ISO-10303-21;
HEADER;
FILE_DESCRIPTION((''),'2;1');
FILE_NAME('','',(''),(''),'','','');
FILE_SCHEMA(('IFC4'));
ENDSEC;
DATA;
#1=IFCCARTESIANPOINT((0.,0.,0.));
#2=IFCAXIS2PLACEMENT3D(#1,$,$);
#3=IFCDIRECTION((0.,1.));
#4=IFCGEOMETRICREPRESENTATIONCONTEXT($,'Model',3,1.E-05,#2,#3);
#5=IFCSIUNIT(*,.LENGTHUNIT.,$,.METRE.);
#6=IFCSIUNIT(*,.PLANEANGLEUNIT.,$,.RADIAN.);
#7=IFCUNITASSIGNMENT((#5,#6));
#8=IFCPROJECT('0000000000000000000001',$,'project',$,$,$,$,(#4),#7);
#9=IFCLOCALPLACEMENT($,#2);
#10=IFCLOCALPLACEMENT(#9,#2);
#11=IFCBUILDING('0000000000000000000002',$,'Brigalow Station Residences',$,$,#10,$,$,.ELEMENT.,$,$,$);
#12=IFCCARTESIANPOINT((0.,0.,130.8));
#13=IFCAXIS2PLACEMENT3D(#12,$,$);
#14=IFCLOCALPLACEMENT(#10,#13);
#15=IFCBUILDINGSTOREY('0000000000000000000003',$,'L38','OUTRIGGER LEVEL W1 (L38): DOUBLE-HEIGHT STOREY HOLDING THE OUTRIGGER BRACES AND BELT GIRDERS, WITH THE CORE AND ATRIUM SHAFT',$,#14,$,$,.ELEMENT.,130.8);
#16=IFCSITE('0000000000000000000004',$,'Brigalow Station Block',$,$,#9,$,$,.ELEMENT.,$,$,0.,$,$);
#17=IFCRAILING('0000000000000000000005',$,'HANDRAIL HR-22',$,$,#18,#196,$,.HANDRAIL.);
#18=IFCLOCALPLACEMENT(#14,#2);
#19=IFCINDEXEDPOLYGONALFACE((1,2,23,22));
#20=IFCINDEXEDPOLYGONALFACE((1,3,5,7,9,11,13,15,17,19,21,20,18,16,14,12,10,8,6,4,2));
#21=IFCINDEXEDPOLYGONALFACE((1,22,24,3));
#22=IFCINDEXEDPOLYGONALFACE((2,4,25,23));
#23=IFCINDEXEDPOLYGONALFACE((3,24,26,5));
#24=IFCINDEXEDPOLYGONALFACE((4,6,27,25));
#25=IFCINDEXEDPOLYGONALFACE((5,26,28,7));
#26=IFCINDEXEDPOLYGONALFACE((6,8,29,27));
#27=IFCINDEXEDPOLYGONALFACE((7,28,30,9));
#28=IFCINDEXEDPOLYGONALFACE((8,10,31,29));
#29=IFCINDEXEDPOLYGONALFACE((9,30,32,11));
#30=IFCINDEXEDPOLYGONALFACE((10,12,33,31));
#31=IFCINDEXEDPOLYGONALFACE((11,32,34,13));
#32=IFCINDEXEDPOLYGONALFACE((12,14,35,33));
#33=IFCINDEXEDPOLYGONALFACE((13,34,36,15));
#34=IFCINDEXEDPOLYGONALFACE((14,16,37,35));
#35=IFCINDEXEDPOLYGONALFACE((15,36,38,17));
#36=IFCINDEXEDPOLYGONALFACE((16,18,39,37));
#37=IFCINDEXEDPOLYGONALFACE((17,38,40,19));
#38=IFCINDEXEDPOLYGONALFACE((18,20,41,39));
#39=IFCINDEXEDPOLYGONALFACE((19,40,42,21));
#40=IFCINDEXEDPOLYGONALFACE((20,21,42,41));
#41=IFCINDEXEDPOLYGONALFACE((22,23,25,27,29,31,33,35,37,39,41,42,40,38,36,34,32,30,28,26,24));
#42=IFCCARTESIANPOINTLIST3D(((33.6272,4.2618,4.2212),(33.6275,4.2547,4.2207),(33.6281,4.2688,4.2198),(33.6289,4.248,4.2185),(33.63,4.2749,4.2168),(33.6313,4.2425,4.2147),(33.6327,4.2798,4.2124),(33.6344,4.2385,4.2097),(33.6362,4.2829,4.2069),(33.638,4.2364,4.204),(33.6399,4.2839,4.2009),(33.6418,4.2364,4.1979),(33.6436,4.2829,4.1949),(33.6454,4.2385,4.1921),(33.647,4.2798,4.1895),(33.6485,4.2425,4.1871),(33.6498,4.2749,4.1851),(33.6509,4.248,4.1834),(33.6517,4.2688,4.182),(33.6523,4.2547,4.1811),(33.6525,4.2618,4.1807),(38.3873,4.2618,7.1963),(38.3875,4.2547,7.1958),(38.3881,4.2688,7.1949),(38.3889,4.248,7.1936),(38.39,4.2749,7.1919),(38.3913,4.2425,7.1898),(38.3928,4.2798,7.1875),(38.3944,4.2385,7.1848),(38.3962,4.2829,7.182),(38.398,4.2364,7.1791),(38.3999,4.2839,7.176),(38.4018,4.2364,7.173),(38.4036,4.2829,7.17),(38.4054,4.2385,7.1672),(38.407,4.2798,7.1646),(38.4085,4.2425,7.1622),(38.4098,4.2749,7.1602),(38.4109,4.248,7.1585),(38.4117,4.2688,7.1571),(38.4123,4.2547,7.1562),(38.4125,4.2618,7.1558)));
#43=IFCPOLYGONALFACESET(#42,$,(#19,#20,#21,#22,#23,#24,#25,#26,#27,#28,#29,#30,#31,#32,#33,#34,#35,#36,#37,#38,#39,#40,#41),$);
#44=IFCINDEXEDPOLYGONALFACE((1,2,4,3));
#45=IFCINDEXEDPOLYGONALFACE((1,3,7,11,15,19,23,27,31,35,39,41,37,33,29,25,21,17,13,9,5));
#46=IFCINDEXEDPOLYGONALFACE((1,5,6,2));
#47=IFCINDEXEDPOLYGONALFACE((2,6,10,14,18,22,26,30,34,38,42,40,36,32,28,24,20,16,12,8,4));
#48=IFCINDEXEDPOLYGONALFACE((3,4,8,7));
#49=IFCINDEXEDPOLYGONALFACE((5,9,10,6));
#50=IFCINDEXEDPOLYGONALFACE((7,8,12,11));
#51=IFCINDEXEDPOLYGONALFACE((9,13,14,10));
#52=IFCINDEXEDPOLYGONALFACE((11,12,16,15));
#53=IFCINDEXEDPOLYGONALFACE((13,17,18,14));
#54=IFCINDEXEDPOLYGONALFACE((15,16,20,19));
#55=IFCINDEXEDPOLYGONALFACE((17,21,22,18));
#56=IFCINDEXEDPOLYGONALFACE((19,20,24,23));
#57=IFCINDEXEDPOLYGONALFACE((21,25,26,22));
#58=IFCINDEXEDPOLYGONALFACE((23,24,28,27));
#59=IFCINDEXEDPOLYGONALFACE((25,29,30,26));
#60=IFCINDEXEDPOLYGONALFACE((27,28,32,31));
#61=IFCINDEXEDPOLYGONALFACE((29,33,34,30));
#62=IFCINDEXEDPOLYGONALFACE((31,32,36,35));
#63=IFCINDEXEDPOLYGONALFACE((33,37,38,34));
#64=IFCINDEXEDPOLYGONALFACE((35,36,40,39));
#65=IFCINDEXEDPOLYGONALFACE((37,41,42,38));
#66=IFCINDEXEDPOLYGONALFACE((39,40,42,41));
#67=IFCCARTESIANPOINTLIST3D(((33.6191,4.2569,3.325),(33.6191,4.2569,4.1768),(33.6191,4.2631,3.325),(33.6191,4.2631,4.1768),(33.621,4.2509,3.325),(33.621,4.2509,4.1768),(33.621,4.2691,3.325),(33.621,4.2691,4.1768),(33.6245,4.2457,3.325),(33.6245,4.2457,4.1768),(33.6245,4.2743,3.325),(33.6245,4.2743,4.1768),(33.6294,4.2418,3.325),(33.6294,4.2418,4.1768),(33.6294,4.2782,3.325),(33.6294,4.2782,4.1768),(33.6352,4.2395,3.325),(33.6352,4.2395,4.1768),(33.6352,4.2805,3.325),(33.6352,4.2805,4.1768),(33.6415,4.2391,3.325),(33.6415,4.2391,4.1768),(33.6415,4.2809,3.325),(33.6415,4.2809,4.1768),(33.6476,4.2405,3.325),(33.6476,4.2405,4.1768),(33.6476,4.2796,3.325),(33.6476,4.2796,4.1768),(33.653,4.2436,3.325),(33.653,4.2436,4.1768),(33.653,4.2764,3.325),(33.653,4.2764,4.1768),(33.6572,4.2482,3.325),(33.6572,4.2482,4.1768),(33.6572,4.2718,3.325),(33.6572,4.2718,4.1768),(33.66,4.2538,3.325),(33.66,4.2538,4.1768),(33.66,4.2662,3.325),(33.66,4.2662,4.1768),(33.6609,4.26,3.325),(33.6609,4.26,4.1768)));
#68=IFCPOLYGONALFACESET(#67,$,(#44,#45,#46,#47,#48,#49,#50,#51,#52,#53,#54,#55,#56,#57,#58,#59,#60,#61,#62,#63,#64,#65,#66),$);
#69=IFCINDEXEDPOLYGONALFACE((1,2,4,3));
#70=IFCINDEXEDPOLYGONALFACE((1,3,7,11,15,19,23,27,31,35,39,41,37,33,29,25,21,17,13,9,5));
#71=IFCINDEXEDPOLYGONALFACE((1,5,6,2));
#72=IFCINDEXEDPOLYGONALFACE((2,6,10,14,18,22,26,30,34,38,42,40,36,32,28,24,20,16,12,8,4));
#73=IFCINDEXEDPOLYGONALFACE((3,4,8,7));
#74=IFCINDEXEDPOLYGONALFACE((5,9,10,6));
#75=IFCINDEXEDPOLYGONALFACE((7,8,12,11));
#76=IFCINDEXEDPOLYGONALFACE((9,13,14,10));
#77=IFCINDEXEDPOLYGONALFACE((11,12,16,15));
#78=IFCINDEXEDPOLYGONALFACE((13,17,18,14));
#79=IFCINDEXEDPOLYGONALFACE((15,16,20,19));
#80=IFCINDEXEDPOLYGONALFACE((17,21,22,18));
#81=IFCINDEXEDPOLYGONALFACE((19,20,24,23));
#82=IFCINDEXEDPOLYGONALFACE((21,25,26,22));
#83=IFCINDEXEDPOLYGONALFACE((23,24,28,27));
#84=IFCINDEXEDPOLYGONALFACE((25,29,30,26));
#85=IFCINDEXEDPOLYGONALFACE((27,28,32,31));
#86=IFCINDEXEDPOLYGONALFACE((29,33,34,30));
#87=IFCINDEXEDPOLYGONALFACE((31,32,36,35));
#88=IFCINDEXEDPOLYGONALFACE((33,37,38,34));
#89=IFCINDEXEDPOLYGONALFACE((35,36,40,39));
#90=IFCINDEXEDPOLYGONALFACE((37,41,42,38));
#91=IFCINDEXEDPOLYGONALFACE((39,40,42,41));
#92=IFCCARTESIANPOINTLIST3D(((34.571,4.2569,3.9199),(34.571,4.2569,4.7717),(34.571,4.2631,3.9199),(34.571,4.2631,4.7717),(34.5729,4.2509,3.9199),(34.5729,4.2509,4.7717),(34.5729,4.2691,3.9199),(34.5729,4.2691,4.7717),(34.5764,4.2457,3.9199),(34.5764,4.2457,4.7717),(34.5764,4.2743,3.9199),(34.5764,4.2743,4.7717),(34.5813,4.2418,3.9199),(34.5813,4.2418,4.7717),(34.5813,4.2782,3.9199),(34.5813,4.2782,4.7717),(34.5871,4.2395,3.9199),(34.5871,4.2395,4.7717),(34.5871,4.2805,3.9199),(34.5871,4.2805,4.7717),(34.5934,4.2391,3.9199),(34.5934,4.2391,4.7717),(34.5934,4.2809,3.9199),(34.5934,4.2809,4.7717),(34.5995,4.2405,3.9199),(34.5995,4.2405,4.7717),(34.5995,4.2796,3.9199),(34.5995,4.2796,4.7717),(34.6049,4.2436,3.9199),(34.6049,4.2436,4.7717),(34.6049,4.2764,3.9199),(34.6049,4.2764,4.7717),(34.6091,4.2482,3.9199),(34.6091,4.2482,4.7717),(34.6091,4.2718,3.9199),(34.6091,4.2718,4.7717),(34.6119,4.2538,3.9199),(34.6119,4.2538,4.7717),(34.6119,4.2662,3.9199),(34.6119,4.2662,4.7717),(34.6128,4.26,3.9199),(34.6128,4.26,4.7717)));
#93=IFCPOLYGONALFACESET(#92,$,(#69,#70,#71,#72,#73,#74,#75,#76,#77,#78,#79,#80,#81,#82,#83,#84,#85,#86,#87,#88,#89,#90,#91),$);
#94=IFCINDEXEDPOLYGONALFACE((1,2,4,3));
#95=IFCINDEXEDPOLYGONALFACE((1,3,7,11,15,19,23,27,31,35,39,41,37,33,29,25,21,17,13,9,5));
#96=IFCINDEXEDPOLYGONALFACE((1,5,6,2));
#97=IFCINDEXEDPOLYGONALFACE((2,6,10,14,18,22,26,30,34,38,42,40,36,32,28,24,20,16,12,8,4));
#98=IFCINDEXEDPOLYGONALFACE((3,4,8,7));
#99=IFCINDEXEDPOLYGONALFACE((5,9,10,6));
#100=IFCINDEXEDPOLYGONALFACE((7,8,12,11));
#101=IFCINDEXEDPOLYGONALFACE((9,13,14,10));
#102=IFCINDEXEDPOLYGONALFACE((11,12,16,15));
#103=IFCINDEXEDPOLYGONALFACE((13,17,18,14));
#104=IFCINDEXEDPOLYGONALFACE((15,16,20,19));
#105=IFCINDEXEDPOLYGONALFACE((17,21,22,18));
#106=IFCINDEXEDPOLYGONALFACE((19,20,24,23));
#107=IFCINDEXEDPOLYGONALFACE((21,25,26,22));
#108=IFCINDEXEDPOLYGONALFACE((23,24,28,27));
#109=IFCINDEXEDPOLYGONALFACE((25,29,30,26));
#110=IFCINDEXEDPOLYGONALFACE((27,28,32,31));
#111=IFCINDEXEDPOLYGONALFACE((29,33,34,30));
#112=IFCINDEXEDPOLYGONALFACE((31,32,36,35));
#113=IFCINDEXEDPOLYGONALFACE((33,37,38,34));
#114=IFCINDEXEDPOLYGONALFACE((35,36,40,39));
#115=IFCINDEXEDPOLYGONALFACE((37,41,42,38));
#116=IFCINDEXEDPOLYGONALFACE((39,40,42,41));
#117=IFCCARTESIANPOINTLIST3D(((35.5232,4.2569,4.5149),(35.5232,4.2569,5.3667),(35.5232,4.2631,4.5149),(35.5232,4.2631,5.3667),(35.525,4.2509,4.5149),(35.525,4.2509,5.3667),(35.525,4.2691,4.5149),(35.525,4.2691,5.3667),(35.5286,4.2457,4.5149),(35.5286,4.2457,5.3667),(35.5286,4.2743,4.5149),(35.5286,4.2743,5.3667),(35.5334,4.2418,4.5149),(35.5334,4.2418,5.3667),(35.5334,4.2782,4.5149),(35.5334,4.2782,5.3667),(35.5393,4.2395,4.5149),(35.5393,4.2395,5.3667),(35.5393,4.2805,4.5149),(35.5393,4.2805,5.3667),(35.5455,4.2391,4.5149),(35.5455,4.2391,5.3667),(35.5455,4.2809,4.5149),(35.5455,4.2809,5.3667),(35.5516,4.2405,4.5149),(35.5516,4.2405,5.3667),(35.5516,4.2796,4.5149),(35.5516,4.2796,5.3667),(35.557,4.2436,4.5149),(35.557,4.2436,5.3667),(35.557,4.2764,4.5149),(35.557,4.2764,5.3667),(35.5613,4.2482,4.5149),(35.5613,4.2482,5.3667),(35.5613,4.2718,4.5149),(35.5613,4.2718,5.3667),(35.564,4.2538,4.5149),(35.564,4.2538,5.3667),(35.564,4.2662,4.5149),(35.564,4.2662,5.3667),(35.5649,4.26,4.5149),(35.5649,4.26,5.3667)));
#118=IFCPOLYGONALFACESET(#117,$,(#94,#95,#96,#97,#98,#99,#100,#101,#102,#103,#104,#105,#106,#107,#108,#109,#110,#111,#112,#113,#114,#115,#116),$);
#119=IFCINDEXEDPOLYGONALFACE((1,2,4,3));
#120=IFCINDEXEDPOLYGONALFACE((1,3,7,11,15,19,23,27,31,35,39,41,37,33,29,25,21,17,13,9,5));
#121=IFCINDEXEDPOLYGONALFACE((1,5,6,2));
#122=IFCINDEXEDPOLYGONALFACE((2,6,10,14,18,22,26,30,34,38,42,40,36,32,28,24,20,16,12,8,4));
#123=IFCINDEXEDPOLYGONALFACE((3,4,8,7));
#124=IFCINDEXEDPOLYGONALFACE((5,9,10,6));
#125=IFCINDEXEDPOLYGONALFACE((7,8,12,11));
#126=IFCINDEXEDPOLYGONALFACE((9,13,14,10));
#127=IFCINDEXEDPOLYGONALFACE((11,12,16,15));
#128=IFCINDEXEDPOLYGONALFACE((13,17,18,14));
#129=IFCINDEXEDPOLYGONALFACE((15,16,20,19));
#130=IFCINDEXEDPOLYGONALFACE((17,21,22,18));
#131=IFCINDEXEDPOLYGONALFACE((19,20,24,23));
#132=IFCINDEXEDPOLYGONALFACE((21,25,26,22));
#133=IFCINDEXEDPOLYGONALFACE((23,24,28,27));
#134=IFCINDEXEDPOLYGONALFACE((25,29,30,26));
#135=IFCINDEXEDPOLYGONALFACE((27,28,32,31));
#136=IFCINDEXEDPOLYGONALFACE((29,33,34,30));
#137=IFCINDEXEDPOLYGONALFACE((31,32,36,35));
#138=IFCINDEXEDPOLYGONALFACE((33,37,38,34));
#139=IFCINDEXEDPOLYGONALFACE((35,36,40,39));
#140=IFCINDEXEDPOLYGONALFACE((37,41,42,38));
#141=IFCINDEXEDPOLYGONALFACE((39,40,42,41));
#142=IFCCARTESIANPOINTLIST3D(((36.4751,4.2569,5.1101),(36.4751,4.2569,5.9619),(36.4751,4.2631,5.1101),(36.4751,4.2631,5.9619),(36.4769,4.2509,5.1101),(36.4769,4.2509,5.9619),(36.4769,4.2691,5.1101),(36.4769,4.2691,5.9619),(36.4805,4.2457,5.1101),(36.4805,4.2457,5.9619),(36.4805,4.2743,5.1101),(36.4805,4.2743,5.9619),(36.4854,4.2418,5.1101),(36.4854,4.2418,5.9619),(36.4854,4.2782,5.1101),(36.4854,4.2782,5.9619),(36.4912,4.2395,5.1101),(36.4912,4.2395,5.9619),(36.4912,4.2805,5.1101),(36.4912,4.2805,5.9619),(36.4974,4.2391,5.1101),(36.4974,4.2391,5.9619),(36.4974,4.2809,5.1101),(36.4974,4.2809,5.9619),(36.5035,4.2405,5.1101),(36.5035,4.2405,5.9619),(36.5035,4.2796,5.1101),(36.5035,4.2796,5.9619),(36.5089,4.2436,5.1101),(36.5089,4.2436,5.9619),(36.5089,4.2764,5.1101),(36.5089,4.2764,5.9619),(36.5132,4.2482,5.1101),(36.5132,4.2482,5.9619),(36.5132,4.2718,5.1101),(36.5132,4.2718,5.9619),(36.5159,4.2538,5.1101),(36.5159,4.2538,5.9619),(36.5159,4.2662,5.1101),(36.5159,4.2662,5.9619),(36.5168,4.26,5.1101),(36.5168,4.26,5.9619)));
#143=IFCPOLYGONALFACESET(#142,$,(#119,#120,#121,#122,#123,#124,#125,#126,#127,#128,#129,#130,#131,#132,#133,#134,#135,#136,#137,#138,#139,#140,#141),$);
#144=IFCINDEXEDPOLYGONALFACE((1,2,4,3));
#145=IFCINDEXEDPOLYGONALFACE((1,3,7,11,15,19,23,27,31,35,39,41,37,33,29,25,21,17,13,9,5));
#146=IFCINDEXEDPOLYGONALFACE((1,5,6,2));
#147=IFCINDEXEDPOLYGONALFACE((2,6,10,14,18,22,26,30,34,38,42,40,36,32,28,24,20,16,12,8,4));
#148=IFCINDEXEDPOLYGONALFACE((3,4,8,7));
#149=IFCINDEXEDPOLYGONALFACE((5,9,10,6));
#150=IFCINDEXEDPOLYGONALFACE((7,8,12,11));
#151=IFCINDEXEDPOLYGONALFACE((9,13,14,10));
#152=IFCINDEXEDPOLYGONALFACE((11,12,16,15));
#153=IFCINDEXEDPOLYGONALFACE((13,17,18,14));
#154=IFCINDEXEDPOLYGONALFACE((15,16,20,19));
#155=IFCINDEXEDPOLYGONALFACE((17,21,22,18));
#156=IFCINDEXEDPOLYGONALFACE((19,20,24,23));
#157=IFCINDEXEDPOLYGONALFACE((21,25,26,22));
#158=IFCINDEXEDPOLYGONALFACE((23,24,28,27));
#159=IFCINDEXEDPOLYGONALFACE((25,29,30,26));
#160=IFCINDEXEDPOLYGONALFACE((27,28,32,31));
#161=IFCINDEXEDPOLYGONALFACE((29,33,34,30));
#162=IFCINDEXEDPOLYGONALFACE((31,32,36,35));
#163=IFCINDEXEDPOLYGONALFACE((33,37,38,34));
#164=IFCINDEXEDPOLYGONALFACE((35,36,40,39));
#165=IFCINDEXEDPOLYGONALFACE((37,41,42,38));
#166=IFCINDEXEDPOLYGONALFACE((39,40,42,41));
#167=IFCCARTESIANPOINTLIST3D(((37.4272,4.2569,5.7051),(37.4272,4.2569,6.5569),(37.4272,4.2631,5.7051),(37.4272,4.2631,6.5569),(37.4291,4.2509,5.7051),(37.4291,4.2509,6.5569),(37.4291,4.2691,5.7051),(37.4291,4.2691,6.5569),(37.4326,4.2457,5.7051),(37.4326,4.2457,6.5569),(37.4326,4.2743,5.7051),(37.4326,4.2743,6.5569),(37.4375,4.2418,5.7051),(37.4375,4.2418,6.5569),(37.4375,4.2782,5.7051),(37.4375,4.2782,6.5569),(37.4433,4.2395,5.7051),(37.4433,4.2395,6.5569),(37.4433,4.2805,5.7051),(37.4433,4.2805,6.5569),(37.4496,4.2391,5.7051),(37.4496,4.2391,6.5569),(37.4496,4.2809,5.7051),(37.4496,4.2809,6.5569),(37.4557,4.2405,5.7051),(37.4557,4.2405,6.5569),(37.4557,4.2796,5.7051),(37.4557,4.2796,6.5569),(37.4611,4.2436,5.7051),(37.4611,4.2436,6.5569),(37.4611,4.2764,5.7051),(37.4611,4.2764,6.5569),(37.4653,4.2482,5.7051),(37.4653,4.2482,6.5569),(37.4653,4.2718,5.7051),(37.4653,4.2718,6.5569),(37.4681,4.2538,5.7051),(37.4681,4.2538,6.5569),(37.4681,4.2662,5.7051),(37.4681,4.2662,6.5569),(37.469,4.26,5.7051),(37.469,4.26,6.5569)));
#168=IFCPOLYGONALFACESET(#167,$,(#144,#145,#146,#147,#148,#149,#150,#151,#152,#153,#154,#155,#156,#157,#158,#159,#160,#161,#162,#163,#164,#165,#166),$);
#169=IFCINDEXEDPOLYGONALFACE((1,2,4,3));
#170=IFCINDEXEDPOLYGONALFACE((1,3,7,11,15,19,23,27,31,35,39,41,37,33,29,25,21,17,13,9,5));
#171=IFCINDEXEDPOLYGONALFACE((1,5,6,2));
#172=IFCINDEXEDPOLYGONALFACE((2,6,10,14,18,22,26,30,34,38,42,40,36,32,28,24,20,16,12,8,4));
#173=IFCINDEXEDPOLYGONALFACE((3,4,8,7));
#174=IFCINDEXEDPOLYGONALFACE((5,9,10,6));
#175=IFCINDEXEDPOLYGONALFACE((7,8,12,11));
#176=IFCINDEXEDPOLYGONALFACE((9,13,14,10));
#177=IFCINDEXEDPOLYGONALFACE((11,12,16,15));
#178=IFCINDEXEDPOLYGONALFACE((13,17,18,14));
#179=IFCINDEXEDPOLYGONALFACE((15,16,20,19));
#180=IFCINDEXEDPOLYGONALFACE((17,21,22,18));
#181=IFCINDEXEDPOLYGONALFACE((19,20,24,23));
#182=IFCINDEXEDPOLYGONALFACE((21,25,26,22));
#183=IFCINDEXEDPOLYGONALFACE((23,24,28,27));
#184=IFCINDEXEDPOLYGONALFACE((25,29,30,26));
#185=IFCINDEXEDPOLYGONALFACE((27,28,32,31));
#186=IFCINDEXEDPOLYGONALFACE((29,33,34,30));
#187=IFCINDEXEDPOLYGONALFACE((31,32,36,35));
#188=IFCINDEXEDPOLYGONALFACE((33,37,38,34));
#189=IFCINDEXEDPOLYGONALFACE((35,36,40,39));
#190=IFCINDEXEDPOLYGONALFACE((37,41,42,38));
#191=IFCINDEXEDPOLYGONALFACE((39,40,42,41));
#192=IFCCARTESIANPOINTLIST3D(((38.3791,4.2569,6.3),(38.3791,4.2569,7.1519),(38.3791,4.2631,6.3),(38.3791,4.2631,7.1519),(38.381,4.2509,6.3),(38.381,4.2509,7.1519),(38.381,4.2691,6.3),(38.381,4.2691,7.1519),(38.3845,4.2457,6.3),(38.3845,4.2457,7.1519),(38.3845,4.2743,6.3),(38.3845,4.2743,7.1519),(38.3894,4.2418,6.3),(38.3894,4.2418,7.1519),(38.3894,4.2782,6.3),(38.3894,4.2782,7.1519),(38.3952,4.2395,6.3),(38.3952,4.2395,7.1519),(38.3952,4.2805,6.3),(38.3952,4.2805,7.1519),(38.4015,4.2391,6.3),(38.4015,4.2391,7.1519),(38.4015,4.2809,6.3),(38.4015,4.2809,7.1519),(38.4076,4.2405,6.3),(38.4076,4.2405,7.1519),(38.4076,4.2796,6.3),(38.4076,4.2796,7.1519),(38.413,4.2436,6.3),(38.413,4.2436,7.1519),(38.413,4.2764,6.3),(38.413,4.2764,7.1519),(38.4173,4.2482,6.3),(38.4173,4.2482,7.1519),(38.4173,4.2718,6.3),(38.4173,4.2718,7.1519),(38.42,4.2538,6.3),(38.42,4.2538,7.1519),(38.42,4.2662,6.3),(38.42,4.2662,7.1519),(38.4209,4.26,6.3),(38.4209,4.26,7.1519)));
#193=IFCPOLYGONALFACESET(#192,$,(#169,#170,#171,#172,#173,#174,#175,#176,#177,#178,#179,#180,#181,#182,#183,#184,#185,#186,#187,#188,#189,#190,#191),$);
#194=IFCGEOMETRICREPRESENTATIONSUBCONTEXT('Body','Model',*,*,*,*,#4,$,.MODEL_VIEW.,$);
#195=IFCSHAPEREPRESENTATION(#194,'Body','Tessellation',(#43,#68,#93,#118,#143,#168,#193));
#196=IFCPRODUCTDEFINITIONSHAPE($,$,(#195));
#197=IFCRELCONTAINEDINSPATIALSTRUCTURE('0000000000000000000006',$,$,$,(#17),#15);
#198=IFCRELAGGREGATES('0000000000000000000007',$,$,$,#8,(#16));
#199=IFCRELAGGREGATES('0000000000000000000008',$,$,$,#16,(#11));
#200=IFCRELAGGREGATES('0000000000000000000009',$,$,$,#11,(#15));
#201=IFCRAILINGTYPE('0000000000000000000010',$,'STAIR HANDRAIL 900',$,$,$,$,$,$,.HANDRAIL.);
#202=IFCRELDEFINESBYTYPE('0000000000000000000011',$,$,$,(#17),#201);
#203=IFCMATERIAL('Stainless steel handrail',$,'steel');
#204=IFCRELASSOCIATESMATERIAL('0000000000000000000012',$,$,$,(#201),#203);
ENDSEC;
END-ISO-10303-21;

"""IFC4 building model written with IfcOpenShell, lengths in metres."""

from ifc_helpers import new_model, si_unit, direction, frame, origin, origin_2d, place, context, subcontext, project, spatial, circle, extrude, material, type_object, element, save


model = new_model("IFC4")

# Units and contexts
model_context = context("Model", 3, precision=1e-05, world=origin(), true_north=direction((0.0, 1.0)))
body_context = subcontext(model_context, "Body", "Model", "MODEL_VIEW")
ifc_project = project(units=[si_unit("LENGTHUNIT", "METRE"), si_unit("PLANEANGLEUNIT", "RADIAN")], contexts=[model_context])

# Site, building, storey
site_placement = place(None, origin())
site = spatial("IfcSite", under=ifc_project, at=site_placement, Name="Brigalow Station Block", CompositionType="ELEMENT", RefElevation=0.0)
building_placement = place(site_placement, origin())
building = spatial("IfcBuilding", under=site, at=building_placement, Name="Brigalow Station Residences", CompositionType="ELEMENT")
storey_placement = place(building_placement, frame((0.0, 0.0, 130.8)))
storey = spatial("IfcBuildingStorey", under=building, at=storey_placement, Name="L38", Description="OUTRIGGER LEVEL W1 (L38): DOUBLE-HEIGHT STOREY HOLDING THE OUTRIGGER BRACES AND BELT GIRDERS, WITH THE CORE AND ATRIUM SHAFT", CompositionType="ELEMENT", Elevation=130.8)

# Railing
ifc_material_1 = material(Name="Stainless steel handrail", Category="steel")
railing_type = type_object("IfcRailingType", Name="STAIR HANDRAIL 900", PredefinedType="HANDRAIL", material=ifc_material_1)
railing_placement = place(storey_placement, frame((33.6399, 4.26, 3.325)))
element("IfcRailing", 1, at=railing_placement, inside=storey, type_object=railing_type, Name="HANDRAIL HR-22", PredefinedType="HANDRAIL", context=body_context, shape_type="SweptSolid", body=[
    extrude(circle(Radius=0.0239, at=origin_2d()), frame((0.0, 0.0, 0.876), z_axis=(0.847991, 0.0, 0.530011), x_axis=(0.0, 1.0, 0.0)), (0.0, 0.0, 1.0), 5.6133),
    extrude(circle(Radius=0.021, at=origin_2d()), origin(), (0.0, 0.0, 1.0), 0.8518),
    extrude(circle(Radius=0.021, at=origin_2d()), frame((0.9519, 0.0, 0.595)), (0.0, 0.0, 1.0), 0.8518),
    extrude(circle(Radius=0.021, at=origin_2d()), frame((1.9041, 0.0, 1.1899)), (0.0, 0.0, 1.0), 0.8518),
    extrude(circle(Radius=0.021, at=origin_2d()), frame((2.856, 0.0, 1.7852)), (0.0, 0.0, 1.0), 0.8518),
    extrude(circle(Radius=0.021, at=origin_2d()), frame((3.8081, 0.0, 2.3801)), (0.0, 0.0, 1.0), 0.8518),
    extrude(circle(Radius=0.021, at=origin_2d()), frame((4.76, 0.0, 2.9751)), (0.0, 0.0, 1.0), 0.8518),
])

save(model, "model.ifc")
